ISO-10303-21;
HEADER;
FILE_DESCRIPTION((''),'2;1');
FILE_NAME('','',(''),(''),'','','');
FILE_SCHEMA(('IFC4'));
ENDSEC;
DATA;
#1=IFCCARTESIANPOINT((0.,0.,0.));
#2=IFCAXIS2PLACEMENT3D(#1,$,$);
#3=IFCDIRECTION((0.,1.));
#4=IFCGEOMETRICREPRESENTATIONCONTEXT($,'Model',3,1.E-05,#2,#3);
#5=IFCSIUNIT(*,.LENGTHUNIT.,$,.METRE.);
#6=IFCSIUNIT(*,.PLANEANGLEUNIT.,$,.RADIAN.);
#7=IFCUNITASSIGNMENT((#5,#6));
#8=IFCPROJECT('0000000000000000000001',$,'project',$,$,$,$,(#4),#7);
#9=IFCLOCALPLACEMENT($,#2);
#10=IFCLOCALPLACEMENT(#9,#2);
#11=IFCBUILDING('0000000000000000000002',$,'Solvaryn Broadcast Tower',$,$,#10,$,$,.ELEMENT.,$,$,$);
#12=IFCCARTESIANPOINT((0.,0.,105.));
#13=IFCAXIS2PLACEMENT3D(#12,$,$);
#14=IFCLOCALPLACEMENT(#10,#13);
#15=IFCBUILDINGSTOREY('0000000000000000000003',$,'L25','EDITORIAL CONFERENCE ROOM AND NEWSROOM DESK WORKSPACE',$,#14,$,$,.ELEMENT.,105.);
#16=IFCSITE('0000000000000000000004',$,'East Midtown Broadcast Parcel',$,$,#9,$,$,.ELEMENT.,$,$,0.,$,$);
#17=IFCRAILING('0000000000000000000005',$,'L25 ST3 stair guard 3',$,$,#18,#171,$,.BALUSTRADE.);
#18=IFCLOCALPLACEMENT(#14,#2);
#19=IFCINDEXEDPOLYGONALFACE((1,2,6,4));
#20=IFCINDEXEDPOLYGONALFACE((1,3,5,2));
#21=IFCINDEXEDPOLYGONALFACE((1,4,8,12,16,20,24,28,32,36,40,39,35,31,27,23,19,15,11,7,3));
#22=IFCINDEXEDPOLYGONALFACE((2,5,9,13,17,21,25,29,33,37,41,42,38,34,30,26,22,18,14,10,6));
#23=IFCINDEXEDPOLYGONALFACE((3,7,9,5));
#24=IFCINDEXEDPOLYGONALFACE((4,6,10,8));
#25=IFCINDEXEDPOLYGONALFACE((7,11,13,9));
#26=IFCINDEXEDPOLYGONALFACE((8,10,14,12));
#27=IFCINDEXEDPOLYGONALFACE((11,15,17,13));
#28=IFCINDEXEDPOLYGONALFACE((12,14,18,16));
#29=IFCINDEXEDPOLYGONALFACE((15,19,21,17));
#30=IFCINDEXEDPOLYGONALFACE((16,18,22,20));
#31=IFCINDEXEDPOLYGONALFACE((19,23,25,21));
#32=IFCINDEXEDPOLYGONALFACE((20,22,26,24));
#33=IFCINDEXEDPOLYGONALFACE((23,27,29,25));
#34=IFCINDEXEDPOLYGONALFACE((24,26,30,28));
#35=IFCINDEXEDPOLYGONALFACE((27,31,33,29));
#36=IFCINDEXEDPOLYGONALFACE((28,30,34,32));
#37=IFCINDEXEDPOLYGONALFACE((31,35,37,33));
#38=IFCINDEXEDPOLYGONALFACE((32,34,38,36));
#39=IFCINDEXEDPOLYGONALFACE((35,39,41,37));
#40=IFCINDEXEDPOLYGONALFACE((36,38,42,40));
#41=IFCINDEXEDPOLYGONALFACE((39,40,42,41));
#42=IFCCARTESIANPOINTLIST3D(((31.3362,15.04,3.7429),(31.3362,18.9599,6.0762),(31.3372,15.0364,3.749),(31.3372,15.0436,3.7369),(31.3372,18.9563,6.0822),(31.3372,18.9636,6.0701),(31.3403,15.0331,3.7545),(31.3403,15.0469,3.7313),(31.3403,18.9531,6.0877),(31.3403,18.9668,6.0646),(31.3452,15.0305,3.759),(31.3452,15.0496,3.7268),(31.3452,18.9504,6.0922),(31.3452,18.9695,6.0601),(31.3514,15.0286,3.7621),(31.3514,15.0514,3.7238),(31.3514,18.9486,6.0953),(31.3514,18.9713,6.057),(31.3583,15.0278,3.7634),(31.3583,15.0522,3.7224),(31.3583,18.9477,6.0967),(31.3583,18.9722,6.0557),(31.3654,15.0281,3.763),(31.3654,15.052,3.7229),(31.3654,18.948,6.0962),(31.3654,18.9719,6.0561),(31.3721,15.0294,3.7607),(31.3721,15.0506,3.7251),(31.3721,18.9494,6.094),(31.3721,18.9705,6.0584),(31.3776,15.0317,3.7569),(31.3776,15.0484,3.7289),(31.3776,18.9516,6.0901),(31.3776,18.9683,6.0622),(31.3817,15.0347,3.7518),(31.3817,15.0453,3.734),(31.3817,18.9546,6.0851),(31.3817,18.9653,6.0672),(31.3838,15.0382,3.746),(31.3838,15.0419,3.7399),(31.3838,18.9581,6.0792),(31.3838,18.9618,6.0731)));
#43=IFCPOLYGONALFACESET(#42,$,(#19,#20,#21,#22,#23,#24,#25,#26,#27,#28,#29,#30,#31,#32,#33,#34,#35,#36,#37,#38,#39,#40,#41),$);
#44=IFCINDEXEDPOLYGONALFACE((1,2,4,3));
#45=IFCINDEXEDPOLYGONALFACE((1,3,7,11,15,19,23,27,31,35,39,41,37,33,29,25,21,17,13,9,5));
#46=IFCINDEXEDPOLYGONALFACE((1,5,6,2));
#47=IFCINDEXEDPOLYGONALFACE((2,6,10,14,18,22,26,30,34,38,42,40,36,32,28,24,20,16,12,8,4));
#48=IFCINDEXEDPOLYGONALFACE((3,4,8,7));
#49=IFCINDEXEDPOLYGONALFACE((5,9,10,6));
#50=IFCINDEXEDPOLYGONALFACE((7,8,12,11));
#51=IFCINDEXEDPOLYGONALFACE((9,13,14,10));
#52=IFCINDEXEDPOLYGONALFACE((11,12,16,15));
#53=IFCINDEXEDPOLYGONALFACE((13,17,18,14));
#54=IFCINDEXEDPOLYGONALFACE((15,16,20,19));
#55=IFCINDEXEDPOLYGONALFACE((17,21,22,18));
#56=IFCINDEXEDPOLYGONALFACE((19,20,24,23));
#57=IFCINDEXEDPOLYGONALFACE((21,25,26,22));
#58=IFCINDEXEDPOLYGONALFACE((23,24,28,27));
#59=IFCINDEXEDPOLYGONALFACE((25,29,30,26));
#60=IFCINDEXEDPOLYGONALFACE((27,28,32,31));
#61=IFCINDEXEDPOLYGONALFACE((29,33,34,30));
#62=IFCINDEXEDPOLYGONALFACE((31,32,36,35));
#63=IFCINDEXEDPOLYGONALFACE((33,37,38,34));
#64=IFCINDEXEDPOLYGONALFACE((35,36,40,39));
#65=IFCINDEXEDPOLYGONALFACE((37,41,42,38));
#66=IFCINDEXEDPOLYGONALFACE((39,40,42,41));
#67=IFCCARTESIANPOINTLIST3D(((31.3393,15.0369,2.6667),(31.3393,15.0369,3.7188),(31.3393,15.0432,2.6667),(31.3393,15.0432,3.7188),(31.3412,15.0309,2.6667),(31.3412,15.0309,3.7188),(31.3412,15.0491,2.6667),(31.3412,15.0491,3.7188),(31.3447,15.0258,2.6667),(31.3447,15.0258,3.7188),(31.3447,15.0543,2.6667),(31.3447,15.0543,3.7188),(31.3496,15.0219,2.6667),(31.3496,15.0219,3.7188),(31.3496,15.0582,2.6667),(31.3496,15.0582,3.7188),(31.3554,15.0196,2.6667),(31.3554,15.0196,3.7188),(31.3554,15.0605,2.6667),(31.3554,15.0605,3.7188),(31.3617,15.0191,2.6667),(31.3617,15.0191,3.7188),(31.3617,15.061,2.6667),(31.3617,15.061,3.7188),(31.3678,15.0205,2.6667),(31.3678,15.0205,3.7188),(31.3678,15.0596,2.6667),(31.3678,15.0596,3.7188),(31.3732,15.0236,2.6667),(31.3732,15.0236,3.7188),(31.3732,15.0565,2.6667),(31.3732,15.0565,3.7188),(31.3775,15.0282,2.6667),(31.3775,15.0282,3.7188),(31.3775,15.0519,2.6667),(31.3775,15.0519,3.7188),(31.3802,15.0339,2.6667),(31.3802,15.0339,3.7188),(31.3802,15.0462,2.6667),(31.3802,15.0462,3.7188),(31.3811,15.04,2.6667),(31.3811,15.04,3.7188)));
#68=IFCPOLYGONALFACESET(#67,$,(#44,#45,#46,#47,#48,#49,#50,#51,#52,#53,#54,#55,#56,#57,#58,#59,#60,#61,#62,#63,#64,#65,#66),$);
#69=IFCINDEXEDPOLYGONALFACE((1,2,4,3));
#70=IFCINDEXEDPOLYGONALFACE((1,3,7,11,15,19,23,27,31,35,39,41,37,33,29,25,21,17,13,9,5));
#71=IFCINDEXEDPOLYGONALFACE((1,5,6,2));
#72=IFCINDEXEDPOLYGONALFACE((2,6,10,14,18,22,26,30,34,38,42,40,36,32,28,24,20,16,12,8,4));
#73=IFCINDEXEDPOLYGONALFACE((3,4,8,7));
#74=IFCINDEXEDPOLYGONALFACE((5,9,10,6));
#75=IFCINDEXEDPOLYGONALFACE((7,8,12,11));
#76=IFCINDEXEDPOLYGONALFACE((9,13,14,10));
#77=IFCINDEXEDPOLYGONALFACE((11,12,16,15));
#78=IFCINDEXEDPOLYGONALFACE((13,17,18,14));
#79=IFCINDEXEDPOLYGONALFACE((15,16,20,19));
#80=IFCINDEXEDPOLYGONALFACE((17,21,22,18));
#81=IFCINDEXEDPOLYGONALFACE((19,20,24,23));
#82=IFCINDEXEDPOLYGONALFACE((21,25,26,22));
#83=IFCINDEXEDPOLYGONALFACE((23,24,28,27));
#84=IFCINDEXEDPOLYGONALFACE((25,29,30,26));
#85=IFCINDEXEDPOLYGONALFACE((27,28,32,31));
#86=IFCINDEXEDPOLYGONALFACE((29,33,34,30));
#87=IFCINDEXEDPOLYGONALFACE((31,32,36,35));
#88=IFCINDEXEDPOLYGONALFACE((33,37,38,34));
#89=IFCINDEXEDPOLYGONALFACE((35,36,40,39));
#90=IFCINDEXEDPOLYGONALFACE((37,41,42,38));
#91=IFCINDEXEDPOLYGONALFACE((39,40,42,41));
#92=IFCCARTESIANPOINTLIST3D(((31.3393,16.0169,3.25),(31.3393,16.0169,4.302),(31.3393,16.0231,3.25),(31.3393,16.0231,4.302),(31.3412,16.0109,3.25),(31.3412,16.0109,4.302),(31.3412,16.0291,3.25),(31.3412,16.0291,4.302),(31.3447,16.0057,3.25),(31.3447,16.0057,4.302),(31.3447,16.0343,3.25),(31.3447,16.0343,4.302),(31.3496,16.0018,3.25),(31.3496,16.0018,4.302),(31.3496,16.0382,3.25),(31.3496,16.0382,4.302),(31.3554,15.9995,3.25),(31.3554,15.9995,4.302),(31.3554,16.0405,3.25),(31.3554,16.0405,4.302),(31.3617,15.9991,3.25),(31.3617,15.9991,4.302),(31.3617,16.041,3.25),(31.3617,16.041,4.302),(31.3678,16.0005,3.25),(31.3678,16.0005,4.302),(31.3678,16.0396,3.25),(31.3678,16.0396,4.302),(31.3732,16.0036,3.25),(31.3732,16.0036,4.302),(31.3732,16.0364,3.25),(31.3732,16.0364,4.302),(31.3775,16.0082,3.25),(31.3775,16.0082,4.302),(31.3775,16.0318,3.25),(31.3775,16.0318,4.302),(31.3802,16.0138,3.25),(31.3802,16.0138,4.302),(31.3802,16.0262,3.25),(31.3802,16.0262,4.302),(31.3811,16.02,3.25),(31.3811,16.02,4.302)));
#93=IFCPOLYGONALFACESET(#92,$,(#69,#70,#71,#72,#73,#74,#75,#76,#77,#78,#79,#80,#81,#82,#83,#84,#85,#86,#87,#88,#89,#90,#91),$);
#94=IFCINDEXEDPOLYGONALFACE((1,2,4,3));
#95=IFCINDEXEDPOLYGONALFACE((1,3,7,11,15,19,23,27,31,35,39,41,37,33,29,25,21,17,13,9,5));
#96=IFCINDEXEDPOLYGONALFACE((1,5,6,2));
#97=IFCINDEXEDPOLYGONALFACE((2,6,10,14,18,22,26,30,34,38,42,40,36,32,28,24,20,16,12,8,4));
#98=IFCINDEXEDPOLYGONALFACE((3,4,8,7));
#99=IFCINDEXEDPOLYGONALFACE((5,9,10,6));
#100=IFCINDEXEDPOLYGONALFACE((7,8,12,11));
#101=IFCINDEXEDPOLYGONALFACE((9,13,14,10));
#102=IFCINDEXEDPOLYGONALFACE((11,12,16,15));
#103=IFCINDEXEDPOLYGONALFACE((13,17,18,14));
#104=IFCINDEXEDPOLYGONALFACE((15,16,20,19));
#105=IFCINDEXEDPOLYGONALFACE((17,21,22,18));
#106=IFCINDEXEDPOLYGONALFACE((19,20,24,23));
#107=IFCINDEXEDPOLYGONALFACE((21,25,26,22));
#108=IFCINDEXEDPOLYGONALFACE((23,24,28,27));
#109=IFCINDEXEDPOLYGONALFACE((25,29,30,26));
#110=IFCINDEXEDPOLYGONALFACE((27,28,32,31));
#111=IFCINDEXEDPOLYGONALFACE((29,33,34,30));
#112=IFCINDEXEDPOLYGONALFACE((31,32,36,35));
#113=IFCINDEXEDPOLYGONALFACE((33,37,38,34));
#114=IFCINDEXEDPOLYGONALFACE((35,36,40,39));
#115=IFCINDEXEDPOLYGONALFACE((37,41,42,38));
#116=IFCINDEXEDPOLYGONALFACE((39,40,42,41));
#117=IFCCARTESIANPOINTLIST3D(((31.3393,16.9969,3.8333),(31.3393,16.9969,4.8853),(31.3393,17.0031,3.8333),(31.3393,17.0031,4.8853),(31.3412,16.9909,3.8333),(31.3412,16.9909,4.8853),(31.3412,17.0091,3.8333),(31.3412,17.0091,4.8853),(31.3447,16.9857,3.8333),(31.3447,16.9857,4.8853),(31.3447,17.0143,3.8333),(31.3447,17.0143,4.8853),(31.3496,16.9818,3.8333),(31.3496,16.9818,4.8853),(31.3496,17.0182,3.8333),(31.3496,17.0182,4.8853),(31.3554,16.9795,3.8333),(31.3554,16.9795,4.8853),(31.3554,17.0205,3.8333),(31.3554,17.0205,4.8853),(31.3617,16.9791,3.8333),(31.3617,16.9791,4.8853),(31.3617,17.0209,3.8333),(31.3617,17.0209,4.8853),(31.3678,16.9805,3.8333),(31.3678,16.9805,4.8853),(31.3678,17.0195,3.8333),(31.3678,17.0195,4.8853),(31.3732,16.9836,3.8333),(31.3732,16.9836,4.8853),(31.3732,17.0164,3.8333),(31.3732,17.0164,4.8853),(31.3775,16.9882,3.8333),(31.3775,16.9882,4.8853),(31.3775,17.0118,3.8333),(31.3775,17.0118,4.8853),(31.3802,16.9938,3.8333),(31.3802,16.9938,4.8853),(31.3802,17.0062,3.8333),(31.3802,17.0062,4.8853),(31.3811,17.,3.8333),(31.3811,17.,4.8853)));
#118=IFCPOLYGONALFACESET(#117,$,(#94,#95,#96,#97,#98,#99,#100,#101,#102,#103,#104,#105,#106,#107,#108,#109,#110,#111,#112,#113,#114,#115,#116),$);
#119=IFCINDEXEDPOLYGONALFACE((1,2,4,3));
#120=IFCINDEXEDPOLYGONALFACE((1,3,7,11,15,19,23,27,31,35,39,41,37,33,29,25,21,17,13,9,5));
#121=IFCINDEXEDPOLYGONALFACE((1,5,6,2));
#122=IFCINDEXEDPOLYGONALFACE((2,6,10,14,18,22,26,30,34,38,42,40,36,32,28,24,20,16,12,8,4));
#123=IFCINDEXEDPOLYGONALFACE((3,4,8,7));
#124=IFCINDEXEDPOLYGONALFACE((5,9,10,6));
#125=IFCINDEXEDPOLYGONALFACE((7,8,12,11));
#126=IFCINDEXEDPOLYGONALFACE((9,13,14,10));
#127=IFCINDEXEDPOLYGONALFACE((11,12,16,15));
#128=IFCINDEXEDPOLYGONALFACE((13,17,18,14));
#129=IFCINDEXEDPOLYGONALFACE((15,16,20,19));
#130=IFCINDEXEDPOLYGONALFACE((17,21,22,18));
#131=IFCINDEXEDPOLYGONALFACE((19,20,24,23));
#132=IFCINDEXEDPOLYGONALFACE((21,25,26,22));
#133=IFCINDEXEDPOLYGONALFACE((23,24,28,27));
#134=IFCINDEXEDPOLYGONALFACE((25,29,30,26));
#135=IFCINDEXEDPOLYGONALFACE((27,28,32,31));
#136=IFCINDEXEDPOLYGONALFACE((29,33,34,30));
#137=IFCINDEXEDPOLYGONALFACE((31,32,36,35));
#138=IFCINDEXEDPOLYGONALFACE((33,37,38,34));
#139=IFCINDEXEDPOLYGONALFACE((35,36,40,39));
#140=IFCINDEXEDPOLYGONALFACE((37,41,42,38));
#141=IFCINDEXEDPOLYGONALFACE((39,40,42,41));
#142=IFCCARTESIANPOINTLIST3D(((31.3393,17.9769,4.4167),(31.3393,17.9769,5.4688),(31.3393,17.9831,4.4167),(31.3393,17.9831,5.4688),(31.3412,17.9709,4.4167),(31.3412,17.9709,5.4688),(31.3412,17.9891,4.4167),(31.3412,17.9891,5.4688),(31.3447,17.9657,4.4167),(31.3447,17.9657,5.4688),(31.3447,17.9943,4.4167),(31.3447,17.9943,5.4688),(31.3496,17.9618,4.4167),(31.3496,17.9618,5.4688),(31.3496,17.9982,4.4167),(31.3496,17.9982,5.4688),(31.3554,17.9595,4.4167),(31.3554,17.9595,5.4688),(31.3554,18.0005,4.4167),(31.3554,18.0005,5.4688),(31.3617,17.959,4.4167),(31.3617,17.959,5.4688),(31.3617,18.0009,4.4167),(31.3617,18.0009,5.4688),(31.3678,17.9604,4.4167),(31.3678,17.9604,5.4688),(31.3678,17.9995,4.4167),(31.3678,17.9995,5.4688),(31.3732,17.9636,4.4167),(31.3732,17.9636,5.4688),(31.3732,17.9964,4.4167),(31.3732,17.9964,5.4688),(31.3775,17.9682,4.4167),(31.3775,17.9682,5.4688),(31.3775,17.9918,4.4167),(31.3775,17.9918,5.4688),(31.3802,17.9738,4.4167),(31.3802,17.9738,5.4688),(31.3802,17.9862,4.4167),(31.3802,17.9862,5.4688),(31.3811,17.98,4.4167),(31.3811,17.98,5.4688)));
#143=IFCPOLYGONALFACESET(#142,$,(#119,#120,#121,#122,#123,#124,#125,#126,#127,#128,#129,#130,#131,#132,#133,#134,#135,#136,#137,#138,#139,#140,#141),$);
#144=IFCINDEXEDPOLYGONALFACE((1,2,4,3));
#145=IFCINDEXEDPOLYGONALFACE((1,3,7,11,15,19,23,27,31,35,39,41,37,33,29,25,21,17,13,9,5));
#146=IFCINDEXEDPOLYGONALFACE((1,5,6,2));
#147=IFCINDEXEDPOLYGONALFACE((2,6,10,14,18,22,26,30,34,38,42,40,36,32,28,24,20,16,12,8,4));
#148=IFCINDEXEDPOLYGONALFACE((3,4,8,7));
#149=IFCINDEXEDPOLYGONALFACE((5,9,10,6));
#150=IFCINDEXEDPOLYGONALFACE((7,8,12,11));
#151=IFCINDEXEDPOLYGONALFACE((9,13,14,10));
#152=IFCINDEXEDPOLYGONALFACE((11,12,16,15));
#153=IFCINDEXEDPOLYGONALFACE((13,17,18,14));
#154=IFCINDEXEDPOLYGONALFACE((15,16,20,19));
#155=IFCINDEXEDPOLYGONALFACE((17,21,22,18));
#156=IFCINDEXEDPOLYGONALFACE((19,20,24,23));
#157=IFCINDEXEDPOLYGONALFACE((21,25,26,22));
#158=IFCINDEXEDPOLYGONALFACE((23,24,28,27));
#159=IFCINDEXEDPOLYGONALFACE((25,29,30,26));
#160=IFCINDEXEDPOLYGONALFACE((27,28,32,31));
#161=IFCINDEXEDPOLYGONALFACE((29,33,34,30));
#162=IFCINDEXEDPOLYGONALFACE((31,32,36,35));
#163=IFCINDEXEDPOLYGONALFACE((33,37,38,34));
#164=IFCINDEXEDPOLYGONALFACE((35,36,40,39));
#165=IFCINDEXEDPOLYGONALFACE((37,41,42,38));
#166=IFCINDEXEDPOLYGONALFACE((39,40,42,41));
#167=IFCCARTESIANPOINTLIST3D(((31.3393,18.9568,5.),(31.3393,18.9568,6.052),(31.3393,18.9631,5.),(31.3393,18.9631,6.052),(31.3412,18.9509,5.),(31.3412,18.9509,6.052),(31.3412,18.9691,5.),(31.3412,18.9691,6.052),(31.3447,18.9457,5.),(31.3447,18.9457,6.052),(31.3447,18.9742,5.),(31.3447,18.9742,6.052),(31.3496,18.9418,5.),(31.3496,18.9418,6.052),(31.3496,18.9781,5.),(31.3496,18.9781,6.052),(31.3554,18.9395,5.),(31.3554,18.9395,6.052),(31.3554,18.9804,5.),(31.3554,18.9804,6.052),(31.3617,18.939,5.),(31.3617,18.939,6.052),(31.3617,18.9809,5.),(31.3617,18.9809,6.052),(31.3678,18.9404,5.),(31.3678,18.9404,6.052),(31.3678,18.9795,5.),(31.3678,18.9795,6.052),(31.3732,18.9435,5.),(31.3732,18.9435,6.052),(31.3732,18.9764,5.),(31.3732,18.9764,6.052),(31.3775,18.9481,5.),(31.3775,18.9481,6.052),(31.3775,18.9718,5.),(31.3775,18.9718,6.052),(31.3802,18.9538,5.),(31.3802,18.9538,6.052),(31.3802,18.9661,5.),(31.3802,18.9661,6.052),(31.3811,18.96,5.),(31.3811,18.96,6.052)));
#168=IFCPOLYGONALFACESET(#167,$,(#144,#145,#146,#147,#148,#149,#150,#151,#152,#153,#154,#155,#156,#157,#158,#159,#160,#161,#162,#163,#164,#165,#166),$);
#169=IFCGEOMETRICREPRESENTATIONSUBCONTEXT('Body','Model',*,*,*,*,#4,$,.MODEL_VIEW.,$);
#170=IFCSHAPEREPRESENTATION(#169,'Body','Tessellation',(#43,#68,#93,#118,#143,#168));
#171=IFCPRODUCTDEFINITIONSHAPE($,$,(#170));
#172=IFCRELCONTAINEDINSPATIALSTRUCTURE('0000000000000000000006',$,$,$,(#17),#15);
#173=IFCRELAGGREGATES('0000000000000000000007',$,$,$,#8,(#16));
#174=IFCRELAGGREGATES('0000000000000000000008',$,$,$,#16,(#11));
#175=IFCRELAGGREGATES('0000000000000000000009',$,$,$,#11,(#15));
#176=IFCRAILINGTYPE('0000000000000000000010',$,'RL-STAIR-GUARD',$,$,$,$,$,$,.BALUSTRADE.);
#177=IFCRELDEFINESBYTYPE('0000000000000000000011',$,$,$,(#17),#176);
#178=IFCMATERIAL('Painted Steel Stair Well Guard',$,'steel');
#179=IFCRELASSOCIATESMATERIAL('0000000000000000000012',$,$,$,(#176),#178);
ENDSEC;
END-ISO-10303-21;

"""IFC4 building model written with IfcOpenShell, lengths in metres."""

from ifc_helpers import new_model, si_unit, direction, frame, origin, origin_2d, place, context, subcontext, project, spatial, circle, extrude, material, type_object, element, save


model = new_model("IFC4")

# Units and contexts
model_context = context("Model", 3, precision=1e-05, world=origin(), true_north=direction((0.0, 1.0)))
body_context = subcontext(model_context, "Body", "Model", "MODEL_VIEW")
ifc_project = project(units=[si_unit("LENGTHUNIT", "METRE"), si_unit("PLANEANGLEUNIT", "RADIAN")], contexts=[model_context])

# Site, building, storey
site_placement = place(None, origin())
site = spatial("IfcSite", under=ifc_project, at=site_placement, Name="East Midtown Broadcast Parcel", CompositionType="ELEMENT", RefElevation=0.0)
building_placement = place(site_placement, origin())
building = spatial("IfcBuilding", under=site, at=building_placement, Name="Solvaryn Broadcast Tower", CompositionType="ELEMENT")
storey_placement = place(building_placement, frame((0.0, 0.0, 105.0)))
storey = spatial("IfcBuildingStorey", under=building, at=storey_placement, Name="L25", Description="EDITORIAL CONFERENCE ROOM AND NEWSROOM DESK WORKSPACE", CompositionType="ELEMENT", Elevation=105.0)

# Railing
ifc_material_1 = material(Name="Painted Steel Stair Well Guard", Category="steel")
railing_type_1 = type_object("IfcRailingType", Name="RL-STAIR-GUARD", PredefinedType="BALUSTRADE", material=ifc_material_1)
railing_1_placement = place(storey_placement, frame((31.3601, 15.04, 2.6667)))
element("IfcRailing", 1, at=railing_1_placement, inside=storey, type_object=railing_type_1, Name="L25 ST3 stair guard 3", PredefinedType="BALUSTRADE", context=body_context, shape_type="SweptSolid", body=[
    extrude(circle(Radius=0.0239, at=origin_2d()), frame((0.0, 0.0, 1.0762), z_axis=(0.0, 0.859296, 0.511478), x_axis=(-1.0, 0.0, 0.0)), (0.0, 0.0, 1.0), 4.5618),
    extrude(circle(Radius=0.021, at=origin_2d()), origin(), (0.0, 0.0, 1.0), 1.052),
    extrude(circle(Radius=0.021, at=origin_2d()), frame((0.0, 0.98, 0.5833)), (0.0, 0.0, 1.0), 1.052),
    extrude(circle(Radius=0.021, at=origin_2d()), frame((0.0, 1.96, 1.1665)), (0.0, 0.0, 1.0), 1.052),
    extrude(circle(Radius=0.021, at=origin_2d()), frame((0.0, 2.9399, 1.75)), (0.0, 0.0, 1.0), 1.052),
    extrude(circle(Radius=0.021, at=origin_2d()), frame((0.0, 3.9199, 2.3333)), (0.0, 0.0, 1.0), 1.052),
])

save(model, "model.ifc")
